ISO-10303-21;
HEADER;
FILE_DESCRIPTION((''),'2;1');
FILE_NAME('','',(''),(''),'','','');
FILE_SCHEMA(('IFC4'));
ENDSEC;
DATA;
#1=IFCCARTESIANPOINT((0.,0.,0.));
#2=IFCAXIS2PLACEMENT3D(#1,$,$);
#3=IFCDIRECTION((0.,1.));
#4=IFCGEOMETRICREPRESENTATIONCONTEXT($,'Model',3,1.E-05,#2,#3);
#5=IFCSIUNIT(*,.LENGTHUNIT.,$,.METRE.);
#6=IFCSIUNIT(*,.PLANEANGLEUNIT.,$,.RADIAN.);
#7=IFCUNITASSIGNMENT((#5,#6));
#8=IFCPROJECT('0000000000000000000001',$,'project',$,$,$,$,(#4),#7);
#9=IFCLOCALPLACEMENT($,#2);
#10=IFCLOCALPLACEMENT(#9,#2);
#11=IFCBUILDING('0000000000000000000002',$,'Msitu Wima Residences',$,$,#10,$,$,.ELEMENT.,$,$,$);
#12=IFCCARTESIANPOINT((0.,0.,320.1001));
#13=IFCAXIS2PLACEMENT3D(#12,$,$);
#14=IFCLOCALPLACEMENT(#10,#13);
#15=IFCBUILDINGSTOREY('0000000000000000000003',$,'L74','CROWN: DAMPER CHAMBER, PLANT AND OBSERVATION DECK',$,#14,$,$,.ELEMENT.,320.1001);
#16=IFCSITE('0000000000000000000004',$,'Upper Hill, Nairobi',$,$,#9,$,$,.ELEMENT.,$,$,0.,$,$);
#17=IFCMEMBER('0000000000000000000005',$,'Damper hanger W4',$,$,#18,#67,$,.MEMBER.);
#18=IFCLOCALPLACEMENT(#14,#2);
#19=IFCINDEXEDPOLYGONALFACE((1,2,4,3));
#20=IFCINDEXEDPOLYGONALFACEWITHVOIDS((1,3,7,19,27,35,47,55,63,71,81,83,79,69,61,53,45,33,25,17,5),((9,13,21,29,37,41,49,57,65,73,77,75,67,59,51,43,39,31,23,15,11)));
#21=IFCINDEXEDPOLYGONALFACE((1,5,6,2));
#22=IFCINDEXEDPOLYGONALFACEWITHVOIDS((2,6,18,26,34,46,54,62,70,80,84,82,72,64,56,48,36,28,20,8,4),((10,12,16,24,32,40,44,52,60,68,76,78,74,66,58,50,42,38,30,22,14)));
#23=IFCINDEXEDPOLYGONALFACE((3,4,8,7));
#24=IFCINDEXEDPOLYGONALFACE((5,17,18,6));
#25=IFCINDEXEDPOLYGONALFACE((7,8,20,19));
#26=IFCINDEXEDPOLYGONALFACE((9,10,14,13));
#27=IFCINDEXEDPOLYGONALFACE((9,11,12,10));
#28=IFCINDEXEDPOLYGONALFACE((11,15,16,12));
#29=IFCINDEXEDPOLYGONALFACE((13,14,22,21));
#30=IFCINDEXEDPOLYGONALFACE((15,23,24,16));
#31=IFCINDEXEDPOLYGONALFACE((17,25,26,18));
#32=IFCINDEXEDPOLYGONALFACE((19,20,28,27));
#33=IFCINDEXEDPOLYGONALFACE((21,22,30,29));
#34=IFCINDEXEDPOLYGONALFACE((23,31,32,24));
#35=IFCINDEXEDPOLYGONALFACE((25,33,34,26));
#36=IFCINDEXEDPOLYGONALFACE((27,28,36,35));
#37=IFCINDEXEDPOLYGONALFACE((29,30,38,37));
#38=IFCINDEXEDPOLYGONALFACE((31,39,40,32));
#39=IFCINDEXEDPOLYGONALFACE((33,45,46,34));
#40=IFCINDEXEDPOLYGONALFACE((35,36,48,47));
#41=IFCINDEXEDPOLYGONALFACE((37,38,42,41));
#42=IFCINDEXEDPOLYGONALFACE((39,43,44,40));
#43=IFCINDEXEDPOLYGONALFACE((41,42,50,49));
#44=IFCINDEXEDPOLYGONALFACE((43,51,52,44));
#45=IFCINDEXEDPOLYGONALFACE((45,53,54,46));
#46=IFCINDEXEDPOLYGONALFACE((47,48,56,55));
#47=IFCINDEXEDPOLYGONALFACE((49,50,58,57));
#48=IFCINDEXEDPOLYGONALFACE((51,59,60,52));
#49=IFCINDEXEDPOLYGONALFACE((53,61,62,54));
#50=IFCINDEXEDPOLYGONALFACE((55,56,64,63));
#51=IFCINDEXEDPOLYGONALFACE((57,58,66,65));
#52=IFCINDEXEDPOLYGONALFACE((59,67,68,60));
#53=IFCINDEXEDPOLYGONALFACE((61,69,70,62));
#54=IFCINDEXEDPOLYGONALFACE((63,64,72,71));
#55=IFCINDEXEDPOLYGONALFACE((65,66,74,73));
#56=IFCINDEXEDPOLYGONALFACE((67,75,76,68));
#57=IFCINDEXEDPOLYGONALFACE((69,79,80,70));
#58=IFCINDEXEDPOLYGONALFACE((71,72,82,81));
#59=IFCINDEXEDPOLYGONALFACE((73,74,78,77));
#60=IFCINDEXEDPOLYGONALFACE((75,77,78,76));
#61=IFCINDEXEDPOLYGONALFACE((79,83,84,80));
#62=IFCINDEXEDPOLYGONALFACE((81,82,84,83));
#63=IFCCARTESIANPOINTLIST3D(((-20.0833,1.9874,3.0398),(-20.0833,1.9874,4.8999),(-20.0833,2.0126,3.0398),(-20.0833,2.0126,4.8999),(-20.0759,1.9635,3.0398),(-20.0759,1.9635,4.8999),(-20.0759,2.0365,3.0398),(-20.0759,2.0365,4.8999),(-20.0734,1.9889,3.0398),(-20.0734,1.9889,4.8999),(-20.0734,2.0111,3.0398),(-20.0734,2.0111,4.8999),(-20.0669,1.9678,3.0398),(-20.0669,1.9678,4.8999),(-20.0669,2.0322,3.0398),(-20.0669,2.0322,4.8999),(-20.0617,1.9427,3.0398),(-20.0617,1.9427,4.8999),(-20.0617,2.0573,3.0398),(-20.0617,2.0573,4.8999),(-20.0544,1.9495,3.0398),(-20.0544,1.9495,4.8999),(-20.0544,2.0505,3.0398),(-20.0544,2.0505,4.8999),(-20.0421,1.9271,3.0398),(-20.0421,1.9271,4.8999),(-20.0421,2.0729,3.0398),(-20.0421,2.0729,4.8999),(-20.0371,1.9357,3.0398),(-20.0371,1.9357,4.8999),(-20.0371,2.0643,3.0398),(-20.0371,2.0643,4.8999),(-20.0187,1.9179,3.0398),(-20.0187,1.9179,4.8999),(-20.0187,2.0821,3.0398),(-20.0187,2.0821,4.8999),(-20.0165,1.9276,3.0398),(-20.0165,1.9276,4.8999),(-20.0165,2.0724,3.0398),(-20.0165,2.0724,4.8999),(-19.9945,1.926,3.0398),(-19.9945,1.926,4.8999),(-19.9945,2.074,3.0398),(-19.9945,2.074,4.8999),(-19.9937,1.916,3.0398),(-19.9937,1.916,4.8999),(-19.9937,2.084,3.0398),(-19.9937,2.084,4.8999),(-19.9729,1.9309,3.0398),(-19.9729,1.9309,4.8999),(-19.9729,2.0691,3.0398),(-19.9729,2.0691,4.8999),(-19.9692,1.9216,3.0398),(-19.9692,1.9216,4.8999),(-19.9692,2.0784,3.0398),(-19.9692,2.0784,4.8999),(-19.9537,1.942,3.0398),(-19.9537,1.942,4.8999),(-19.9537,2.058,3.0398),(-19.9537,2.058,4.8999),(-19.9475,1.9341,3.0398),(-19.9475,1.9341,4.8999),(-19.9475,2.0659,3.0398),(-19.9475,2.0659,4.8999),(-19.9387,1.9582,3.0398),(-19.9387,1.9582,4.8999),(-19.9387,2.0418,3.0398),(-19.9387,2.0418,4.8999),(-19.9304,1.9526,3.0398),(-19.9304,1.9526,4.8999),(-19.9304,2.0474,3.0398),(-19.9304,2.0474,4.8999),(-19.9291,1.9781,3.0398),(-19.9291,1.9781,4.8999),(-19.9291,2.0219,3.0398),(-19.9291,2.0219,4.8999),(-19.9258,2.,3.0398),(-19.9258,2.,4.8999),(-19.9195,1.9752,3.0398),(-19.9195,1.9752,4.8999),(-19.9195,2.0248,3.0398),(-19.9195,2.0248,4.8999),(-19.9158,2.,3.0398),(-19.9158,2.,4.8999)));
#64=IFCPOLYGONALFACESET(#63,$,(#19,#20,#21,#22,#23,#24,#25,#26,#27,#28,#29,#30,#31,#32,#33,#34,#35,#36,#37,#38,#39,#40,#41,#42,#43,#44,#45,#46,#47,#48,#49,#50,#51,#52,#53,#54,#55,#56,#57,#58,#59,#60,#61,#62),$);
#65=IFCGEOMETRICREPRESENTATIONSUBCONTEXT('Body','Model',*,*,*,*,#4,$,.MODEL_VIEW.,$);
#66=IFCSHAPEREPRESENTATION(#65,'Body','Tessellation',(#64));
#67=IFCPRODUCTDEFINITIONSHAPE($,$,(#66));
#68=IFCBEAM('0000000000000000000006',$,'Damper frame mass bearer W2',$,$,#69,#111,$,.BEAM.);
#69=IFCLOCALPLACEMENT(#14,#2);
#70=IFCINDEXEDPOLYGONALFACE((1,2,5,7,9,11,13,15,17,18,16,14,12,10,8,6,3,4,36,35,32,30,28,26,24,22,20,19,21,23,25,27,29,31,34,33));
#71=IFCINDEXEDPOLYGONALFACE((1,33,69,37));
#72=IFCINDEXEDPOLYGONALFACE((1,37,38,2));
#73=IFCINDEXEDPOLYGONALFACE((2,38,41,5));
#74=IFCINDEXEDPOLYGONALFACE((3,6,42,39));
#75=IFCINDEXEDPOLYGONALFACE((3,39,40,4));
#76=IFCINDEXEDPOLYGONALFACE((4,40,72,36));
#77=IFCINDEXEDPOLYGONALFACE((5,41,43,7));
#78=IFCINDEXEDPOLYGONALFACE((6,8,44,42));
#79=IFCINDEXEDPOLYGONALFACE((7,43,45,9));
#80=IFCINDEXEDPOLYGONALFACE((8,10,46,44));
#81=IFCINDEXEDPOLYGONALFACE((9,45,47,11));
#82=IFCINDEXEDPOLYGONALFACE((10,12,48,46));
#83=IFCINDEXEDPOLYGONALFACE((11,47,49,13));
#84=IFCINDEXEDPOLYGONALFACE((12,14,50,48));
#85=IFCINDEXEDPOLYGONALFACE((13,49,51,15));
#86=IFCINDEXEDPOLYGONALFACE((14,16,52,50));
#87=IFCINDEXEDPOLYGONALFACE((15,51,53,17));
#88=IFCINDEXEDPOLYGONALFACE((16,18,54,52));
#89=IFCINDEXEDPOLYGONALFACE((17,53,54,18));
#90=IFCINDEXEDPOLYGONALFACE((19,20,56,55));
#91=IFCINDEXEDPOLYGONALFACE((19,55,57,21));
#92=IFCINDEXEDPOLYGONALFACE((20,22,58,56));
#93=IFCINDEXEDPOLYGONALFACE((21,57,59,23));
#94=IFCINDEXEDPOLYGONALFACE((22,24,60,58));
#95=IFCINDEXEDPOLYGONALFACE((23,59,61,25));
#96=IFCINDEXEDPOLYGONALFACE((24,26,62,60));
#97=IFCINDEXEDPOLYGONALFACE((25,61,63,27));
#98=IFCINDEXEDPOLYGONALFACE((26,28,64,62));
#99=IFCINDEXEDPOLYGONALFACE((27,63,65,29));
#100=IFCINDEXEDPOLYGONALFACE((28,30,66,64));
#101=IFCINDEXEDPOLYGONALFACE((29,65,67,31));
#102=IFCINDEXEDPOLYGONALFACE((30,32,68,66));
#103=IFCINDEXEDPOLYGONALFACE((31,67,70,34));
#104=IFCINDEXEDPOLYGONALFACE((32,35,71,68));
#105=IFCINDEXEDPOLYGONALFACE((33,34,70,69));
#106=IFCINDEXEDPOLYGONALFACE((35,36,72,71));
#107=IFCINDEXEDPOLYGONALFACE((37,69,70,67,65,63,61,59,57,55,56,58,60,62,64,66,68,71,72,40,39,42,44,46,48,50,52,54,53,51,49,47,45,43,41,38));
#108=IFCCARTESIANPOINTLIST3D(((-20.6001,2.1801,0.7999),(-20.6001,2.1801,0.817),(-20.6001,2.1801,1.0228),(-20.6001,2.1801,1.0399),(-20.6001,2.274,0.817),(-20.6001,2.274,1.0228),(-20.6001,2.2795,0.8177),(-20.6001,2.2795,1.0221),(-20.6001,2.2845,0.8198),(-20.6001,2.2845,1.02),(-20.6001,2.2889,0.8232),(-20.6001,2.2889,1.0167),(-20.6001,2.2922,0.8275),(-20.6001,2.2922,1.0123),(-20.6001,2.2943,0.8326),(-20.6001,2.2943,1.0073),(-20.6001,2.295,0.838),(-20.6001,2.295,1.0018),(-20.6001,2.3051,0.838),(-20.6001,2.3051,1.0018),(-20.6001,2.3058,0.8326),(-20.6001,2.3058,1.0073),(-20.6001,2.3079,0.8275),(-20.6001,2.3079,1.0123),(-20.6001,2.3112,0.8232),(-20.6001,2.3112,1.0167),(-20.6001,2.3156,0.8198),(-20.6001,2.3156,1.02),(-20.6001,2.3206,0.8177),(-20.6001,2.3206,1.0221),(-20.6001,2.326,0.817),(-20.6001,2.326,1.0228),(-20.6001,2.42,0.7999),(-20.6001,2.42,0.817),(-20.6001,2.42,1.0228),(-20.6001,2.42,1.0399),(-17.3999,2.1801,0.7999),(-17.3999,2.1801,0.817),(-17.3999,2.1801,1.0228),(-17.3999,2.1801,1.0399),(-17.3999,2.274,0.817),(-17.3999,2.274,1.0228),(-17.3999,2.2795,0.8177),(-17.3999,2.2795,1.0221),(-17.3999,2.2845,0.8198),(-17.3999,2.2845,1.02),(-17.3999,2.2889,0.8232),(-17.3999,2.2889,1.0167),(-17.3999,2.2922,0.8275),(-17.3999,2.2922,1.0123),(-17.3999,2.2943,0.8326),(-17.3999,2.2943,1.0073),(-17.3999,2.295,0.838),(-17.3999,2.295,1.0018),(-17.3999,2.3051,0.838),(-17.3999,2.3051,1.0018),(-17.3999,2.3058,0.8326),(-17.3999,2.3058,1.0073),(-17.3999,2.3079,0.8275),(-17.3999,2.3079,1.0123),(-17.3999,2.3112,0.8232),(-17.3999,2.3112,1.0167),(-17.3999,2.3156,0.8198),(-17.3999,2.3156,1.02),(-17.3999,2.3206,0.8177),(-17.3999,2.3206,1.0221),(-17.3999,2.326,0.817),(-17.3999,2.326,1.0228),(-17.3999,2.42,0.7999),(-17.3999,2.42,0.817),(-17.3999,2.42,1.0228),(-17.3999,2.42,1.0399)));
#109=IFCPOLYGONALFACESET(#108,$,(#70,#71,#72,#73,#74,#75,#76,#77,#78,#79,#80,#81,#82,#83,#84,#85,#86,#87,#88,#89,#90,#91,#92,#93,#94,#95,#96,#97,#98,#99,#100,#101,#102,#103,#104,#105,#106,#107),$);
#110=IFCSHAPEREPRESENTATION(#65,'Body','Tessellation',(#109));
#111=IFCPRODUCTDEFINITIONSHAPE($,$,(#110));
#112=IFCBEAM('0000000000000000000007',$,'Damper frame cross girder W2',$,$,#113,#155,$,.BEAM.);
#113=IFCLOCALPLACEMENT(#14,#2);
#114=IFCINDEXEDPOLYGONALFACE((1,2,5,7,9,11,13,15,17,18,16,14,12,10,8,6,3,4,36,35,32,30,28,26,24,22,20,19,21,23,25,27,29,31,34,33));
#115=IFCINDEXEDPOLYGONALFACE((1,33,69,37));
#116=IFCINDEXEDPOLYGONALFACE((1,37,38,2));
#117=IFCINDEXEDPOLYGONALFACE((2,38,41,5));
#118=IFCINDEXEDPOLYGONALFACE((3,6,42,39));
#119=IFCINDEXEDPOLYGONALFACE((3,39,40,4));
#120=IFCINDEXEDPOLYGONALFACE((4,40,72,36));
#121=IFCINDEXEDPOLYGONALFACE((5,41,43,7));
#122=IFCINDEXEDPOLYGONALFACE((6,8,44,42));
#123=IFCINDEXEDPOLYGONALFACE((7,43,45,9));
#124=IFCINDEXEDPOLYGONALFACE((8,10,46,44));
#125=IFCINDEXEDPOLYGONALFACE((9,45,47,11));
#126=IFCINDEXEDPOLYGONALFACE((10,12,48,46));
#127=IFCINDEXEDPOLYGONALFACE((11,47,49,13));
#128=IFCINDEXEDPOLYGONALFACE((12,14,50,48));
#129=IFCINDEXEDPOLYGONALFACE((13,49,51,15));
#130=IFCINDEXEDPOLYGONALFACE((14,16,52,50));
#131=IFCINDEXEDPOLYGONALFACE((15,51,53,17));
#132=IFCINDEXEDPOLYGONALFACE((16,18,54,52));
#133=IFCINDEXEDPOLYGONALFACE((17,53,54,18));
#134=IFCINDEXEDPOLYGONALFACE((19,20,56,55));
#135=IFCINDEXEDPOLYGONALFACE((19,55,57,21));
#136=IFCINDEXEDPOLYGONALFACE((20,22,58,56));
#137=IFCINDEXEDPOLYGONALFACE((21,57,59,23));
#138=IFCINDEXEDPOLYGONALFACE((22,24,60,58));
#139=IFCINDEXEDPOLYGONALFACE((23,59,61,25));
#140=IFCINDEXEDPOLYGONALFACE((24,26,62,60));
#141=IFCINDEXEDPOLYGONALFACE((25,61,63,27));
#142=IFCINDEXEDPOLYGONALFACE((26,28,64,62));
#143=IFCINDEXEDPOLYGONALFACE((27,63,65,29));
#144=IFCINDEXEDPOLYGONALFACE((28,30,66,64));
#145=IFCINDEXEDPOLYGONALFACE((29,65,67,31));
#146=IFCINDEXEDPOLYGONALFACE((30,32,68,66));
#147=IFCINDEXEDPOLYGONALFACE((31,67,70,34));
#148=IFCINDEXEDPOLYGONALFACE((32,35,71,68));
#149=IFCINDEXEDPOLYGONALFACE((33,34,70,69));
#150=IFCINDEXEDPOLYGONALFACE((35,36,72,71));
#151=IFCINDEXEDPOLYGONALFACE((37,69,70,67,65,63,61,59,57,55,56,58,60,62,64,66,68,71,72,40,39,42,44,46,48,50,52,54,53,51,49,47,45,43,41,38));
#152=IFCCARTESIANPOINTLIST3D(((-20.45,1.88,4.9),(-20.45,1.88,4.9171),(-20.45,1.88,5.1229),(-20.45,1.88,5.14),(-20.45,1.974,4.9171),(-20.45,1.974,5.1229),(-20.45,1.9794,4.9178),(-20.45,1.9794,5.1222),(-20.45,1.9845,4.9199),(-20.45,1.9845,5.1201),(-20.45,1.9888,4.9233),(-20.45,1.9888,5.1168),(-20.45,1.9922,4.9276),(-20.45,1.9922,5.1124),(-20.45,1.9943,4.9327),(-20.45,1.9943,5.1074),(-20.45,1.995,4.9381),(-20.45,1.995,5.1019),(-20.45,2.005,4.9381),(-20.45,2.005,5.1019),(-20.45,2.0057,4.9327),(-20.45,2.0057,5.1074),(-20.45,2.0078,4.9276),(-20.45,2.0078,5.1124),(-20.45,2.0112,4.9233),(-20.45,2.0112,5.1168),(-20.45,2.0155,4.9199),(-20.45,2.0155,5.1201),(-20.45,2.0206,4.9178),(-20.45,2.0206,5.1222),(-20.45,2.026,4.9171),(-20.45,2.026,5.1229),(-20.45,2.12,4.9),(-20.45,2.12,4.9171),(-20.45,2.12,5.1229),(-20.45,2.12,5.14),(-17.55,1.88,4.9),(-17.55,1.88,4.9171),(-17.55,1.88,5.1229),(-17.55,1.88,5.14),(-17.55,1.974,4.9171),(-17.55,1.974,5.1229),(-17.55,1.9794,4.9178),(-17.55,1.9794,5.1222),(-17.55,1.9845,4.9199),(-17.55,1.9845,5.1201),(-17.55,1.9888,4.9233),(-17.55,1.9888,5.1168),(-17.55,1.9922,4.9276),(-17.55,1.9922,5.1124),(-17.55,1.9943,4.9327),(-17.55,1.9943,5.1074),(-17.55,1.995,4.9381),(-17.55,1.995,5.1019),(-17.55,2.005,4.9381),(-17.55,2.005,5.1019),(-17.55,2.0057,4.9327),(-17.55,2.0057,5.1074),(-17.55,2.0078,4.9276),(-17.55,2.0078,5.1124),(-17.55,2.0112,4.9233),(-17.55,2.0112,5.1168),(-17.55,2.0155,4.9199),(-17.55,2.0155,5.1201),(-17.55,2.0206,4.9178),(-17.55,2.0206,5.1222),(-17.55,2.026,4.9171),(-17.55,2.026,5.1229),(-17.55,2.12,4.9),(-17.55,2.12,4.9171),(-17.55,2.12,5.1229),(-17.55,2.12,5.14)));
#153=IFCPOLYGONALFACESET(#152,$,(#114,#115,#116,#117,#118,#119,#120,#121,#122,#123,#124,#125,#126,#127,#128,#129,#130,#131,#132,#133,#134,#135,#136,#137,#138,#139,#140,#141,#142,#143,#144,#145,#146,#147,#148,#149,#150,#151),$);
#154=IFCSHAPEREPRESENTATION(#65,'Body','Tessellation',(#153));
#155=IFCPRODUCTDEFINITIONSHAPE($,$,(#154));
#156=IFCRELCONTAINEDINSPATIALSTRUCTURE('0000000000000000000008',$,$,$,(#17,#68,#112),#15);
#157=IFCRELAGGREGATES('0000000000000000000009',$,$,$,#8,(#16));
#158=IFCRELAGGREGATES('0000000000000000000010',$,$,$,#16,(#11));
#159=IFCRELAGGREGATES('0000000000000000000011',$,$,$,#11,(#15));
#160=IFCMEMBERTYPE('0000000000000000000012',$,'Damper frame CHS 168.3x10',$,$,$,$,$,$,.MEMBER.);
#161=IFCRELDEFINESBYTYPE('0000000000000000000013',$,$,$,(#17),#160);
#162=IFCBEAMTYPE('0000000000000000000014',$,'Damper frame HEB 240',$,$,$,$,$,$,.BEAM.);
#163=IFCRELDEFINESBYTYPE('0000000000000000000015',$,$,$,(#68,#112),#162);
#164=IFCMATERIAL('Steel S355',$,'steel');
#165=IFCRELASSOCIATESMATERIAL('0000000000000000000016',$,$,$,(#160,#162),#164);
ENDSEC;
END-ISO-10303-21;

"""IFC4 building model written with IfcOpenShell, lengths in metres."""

from ifc_helpers import new_model, si_unit, direction, frame, origin, origin_2d, place, context, subcontext, project, spatial, hollow_circle, i_section, extrude, material, material_profile, profile_set, type_object, element, save


model = new_model("IFC4")

# Units and contexts
model_context = context("Model", 3, precision=1e-05, world=origin(), true_north=direction((0.0, 1.0)))
body_context = subcontext(model_context, "Body", "Model", "MODEL_VIEW")
ifc_project = project(units=[si_unit("LENGTHUNIT", "METRE"), si_unit("PLANEANGLEUNIT", "RADIAN")], contexts=[model_context])

# Site, building, storey
site_placement = place(None, origin())
site = spatial("IfcSite", under=ifc_project, at=site_placement, Name="Upper Hill, Nairobi", CompositionType="ELEMENT", RefElevation=0.0)
building_placement = place(site_placement, origin())
building = spatial("IfcBuilding", under=site, at=building_placement, Name="Msitu Wima Residences", CompositionType="ELEMENT")
storey_placement = place(building_placement, frame((0.0, 0.0, 320.1001)))
storey = spatial("IfcBuildingStorey", under=building, at=storey_placement, Name="L74", Description="CROWN: DAMPER CHAMBER, PLANT AND OBSERVATION DECK", CompositionType="ELEMENT", Elevation=320.1001)

# Shared definitions
ifc_material_1 = material(Name="Steel S355", Category="steel")

# Member
ifc_material_profile_1 = material_profile(ifc_material_1, hollow_circle(Radius=0.0842, WallThickness=0.01, at=origin_2d()), Name="CHS 168.3x10")
ifc_profile_set_1 = profile_set([ifc_material_profile_1], Name="Steel S355")
member_type_1 = type_object("IfcMemberType", Name="Damper frame CHS 168.3x10", PredefinedType="MEMBER", material=ifc_profile_set_1)
for number, where, z_axis, x_axis, name in (
    (1, (-20.0, 2.0, 3.0398), (0.0, 0.0, 1.0), (1.0, 0.0, 0.0), "Damper hanger W4"),
):
    element("IfcMember", number, at=place(storey_placement, frame(where, z_axis=z_axis, x_axis=x_axis)), inside=storey, type_object=member_type_1, Name=name, PredefinedType="MEMBER", context=body_context, shape_type="SweptSolid", body=[
        extrude(hollow_circle(Radius=0.0842, WallThickness=0.01, at=origin_2d()), origin(), (0.0, 0.0, 1.0), 1.8601),
    ])

# Beams
ifc_material_profile_2 = material_profile(ifc_material_1, i_section(OverallWidth=0.24, OverallDepth=0.24, WebThickness=0.01, FlangeThickness=0.0171, FilletRadius=0.021, at=origin_2d()), Name="HEB 240")
ifc_profile_set_2 = profile_set([ifc_material_profile_2], Name="Steel S355")
beam_type = type_object("IfcBeamType", Name="Damper frame HEB 240", PredefinedType="BEAM", material=ifc_profile_set_2)
beam_1_placement = place(storey_placement, frame((-20.6001, 2.3, 0.9199), z_axis=(1.0, 0.0, 0.0), x_axis=(0.0, 1.0, 0.0)))
element("IfcBeam", 2, at=beam_1_placement, inside=storey, type_object=beam_type, Name="Damper frame mass bearer W2", PredefinedType="BEAM", context=body_context, shape_type="SweptSolid", body=[
    extrude(i_section(OverallWidth=0.24, OverallDepth=0.24, WebThickness=0.01, FlangeThickness=0.0171, FilletRadius=0.021, at=origin_2d()), origin(), (0.0, 0.0, 1.0), 3.2002),
])
beam_2_placement = place(storey_placement, frame((-20.45, 2.0, 5.02), z_axis=(1.0, 0.0, 0.0), x_axis=(0.0, 1.0, 0.0)))
element("IfcBeam", 3, at=beam_2_placement, inside=storey, type_object=beam_type, Name="Damper frame cross girder W2", PredefinedType="BEAM", context=body_context, shape_type="SweptSolid", body=[
    extrude(i_section(OverallWidth=0.24, OverallDepth=0.24, WebThickness=0.01, FlangeThickness=0.0171, FilletRadius=0.021, at=origin_2d()), origin(), (0.0, 0.0, 1.0), 2.8999),
])

save(model, "model.ifc")
